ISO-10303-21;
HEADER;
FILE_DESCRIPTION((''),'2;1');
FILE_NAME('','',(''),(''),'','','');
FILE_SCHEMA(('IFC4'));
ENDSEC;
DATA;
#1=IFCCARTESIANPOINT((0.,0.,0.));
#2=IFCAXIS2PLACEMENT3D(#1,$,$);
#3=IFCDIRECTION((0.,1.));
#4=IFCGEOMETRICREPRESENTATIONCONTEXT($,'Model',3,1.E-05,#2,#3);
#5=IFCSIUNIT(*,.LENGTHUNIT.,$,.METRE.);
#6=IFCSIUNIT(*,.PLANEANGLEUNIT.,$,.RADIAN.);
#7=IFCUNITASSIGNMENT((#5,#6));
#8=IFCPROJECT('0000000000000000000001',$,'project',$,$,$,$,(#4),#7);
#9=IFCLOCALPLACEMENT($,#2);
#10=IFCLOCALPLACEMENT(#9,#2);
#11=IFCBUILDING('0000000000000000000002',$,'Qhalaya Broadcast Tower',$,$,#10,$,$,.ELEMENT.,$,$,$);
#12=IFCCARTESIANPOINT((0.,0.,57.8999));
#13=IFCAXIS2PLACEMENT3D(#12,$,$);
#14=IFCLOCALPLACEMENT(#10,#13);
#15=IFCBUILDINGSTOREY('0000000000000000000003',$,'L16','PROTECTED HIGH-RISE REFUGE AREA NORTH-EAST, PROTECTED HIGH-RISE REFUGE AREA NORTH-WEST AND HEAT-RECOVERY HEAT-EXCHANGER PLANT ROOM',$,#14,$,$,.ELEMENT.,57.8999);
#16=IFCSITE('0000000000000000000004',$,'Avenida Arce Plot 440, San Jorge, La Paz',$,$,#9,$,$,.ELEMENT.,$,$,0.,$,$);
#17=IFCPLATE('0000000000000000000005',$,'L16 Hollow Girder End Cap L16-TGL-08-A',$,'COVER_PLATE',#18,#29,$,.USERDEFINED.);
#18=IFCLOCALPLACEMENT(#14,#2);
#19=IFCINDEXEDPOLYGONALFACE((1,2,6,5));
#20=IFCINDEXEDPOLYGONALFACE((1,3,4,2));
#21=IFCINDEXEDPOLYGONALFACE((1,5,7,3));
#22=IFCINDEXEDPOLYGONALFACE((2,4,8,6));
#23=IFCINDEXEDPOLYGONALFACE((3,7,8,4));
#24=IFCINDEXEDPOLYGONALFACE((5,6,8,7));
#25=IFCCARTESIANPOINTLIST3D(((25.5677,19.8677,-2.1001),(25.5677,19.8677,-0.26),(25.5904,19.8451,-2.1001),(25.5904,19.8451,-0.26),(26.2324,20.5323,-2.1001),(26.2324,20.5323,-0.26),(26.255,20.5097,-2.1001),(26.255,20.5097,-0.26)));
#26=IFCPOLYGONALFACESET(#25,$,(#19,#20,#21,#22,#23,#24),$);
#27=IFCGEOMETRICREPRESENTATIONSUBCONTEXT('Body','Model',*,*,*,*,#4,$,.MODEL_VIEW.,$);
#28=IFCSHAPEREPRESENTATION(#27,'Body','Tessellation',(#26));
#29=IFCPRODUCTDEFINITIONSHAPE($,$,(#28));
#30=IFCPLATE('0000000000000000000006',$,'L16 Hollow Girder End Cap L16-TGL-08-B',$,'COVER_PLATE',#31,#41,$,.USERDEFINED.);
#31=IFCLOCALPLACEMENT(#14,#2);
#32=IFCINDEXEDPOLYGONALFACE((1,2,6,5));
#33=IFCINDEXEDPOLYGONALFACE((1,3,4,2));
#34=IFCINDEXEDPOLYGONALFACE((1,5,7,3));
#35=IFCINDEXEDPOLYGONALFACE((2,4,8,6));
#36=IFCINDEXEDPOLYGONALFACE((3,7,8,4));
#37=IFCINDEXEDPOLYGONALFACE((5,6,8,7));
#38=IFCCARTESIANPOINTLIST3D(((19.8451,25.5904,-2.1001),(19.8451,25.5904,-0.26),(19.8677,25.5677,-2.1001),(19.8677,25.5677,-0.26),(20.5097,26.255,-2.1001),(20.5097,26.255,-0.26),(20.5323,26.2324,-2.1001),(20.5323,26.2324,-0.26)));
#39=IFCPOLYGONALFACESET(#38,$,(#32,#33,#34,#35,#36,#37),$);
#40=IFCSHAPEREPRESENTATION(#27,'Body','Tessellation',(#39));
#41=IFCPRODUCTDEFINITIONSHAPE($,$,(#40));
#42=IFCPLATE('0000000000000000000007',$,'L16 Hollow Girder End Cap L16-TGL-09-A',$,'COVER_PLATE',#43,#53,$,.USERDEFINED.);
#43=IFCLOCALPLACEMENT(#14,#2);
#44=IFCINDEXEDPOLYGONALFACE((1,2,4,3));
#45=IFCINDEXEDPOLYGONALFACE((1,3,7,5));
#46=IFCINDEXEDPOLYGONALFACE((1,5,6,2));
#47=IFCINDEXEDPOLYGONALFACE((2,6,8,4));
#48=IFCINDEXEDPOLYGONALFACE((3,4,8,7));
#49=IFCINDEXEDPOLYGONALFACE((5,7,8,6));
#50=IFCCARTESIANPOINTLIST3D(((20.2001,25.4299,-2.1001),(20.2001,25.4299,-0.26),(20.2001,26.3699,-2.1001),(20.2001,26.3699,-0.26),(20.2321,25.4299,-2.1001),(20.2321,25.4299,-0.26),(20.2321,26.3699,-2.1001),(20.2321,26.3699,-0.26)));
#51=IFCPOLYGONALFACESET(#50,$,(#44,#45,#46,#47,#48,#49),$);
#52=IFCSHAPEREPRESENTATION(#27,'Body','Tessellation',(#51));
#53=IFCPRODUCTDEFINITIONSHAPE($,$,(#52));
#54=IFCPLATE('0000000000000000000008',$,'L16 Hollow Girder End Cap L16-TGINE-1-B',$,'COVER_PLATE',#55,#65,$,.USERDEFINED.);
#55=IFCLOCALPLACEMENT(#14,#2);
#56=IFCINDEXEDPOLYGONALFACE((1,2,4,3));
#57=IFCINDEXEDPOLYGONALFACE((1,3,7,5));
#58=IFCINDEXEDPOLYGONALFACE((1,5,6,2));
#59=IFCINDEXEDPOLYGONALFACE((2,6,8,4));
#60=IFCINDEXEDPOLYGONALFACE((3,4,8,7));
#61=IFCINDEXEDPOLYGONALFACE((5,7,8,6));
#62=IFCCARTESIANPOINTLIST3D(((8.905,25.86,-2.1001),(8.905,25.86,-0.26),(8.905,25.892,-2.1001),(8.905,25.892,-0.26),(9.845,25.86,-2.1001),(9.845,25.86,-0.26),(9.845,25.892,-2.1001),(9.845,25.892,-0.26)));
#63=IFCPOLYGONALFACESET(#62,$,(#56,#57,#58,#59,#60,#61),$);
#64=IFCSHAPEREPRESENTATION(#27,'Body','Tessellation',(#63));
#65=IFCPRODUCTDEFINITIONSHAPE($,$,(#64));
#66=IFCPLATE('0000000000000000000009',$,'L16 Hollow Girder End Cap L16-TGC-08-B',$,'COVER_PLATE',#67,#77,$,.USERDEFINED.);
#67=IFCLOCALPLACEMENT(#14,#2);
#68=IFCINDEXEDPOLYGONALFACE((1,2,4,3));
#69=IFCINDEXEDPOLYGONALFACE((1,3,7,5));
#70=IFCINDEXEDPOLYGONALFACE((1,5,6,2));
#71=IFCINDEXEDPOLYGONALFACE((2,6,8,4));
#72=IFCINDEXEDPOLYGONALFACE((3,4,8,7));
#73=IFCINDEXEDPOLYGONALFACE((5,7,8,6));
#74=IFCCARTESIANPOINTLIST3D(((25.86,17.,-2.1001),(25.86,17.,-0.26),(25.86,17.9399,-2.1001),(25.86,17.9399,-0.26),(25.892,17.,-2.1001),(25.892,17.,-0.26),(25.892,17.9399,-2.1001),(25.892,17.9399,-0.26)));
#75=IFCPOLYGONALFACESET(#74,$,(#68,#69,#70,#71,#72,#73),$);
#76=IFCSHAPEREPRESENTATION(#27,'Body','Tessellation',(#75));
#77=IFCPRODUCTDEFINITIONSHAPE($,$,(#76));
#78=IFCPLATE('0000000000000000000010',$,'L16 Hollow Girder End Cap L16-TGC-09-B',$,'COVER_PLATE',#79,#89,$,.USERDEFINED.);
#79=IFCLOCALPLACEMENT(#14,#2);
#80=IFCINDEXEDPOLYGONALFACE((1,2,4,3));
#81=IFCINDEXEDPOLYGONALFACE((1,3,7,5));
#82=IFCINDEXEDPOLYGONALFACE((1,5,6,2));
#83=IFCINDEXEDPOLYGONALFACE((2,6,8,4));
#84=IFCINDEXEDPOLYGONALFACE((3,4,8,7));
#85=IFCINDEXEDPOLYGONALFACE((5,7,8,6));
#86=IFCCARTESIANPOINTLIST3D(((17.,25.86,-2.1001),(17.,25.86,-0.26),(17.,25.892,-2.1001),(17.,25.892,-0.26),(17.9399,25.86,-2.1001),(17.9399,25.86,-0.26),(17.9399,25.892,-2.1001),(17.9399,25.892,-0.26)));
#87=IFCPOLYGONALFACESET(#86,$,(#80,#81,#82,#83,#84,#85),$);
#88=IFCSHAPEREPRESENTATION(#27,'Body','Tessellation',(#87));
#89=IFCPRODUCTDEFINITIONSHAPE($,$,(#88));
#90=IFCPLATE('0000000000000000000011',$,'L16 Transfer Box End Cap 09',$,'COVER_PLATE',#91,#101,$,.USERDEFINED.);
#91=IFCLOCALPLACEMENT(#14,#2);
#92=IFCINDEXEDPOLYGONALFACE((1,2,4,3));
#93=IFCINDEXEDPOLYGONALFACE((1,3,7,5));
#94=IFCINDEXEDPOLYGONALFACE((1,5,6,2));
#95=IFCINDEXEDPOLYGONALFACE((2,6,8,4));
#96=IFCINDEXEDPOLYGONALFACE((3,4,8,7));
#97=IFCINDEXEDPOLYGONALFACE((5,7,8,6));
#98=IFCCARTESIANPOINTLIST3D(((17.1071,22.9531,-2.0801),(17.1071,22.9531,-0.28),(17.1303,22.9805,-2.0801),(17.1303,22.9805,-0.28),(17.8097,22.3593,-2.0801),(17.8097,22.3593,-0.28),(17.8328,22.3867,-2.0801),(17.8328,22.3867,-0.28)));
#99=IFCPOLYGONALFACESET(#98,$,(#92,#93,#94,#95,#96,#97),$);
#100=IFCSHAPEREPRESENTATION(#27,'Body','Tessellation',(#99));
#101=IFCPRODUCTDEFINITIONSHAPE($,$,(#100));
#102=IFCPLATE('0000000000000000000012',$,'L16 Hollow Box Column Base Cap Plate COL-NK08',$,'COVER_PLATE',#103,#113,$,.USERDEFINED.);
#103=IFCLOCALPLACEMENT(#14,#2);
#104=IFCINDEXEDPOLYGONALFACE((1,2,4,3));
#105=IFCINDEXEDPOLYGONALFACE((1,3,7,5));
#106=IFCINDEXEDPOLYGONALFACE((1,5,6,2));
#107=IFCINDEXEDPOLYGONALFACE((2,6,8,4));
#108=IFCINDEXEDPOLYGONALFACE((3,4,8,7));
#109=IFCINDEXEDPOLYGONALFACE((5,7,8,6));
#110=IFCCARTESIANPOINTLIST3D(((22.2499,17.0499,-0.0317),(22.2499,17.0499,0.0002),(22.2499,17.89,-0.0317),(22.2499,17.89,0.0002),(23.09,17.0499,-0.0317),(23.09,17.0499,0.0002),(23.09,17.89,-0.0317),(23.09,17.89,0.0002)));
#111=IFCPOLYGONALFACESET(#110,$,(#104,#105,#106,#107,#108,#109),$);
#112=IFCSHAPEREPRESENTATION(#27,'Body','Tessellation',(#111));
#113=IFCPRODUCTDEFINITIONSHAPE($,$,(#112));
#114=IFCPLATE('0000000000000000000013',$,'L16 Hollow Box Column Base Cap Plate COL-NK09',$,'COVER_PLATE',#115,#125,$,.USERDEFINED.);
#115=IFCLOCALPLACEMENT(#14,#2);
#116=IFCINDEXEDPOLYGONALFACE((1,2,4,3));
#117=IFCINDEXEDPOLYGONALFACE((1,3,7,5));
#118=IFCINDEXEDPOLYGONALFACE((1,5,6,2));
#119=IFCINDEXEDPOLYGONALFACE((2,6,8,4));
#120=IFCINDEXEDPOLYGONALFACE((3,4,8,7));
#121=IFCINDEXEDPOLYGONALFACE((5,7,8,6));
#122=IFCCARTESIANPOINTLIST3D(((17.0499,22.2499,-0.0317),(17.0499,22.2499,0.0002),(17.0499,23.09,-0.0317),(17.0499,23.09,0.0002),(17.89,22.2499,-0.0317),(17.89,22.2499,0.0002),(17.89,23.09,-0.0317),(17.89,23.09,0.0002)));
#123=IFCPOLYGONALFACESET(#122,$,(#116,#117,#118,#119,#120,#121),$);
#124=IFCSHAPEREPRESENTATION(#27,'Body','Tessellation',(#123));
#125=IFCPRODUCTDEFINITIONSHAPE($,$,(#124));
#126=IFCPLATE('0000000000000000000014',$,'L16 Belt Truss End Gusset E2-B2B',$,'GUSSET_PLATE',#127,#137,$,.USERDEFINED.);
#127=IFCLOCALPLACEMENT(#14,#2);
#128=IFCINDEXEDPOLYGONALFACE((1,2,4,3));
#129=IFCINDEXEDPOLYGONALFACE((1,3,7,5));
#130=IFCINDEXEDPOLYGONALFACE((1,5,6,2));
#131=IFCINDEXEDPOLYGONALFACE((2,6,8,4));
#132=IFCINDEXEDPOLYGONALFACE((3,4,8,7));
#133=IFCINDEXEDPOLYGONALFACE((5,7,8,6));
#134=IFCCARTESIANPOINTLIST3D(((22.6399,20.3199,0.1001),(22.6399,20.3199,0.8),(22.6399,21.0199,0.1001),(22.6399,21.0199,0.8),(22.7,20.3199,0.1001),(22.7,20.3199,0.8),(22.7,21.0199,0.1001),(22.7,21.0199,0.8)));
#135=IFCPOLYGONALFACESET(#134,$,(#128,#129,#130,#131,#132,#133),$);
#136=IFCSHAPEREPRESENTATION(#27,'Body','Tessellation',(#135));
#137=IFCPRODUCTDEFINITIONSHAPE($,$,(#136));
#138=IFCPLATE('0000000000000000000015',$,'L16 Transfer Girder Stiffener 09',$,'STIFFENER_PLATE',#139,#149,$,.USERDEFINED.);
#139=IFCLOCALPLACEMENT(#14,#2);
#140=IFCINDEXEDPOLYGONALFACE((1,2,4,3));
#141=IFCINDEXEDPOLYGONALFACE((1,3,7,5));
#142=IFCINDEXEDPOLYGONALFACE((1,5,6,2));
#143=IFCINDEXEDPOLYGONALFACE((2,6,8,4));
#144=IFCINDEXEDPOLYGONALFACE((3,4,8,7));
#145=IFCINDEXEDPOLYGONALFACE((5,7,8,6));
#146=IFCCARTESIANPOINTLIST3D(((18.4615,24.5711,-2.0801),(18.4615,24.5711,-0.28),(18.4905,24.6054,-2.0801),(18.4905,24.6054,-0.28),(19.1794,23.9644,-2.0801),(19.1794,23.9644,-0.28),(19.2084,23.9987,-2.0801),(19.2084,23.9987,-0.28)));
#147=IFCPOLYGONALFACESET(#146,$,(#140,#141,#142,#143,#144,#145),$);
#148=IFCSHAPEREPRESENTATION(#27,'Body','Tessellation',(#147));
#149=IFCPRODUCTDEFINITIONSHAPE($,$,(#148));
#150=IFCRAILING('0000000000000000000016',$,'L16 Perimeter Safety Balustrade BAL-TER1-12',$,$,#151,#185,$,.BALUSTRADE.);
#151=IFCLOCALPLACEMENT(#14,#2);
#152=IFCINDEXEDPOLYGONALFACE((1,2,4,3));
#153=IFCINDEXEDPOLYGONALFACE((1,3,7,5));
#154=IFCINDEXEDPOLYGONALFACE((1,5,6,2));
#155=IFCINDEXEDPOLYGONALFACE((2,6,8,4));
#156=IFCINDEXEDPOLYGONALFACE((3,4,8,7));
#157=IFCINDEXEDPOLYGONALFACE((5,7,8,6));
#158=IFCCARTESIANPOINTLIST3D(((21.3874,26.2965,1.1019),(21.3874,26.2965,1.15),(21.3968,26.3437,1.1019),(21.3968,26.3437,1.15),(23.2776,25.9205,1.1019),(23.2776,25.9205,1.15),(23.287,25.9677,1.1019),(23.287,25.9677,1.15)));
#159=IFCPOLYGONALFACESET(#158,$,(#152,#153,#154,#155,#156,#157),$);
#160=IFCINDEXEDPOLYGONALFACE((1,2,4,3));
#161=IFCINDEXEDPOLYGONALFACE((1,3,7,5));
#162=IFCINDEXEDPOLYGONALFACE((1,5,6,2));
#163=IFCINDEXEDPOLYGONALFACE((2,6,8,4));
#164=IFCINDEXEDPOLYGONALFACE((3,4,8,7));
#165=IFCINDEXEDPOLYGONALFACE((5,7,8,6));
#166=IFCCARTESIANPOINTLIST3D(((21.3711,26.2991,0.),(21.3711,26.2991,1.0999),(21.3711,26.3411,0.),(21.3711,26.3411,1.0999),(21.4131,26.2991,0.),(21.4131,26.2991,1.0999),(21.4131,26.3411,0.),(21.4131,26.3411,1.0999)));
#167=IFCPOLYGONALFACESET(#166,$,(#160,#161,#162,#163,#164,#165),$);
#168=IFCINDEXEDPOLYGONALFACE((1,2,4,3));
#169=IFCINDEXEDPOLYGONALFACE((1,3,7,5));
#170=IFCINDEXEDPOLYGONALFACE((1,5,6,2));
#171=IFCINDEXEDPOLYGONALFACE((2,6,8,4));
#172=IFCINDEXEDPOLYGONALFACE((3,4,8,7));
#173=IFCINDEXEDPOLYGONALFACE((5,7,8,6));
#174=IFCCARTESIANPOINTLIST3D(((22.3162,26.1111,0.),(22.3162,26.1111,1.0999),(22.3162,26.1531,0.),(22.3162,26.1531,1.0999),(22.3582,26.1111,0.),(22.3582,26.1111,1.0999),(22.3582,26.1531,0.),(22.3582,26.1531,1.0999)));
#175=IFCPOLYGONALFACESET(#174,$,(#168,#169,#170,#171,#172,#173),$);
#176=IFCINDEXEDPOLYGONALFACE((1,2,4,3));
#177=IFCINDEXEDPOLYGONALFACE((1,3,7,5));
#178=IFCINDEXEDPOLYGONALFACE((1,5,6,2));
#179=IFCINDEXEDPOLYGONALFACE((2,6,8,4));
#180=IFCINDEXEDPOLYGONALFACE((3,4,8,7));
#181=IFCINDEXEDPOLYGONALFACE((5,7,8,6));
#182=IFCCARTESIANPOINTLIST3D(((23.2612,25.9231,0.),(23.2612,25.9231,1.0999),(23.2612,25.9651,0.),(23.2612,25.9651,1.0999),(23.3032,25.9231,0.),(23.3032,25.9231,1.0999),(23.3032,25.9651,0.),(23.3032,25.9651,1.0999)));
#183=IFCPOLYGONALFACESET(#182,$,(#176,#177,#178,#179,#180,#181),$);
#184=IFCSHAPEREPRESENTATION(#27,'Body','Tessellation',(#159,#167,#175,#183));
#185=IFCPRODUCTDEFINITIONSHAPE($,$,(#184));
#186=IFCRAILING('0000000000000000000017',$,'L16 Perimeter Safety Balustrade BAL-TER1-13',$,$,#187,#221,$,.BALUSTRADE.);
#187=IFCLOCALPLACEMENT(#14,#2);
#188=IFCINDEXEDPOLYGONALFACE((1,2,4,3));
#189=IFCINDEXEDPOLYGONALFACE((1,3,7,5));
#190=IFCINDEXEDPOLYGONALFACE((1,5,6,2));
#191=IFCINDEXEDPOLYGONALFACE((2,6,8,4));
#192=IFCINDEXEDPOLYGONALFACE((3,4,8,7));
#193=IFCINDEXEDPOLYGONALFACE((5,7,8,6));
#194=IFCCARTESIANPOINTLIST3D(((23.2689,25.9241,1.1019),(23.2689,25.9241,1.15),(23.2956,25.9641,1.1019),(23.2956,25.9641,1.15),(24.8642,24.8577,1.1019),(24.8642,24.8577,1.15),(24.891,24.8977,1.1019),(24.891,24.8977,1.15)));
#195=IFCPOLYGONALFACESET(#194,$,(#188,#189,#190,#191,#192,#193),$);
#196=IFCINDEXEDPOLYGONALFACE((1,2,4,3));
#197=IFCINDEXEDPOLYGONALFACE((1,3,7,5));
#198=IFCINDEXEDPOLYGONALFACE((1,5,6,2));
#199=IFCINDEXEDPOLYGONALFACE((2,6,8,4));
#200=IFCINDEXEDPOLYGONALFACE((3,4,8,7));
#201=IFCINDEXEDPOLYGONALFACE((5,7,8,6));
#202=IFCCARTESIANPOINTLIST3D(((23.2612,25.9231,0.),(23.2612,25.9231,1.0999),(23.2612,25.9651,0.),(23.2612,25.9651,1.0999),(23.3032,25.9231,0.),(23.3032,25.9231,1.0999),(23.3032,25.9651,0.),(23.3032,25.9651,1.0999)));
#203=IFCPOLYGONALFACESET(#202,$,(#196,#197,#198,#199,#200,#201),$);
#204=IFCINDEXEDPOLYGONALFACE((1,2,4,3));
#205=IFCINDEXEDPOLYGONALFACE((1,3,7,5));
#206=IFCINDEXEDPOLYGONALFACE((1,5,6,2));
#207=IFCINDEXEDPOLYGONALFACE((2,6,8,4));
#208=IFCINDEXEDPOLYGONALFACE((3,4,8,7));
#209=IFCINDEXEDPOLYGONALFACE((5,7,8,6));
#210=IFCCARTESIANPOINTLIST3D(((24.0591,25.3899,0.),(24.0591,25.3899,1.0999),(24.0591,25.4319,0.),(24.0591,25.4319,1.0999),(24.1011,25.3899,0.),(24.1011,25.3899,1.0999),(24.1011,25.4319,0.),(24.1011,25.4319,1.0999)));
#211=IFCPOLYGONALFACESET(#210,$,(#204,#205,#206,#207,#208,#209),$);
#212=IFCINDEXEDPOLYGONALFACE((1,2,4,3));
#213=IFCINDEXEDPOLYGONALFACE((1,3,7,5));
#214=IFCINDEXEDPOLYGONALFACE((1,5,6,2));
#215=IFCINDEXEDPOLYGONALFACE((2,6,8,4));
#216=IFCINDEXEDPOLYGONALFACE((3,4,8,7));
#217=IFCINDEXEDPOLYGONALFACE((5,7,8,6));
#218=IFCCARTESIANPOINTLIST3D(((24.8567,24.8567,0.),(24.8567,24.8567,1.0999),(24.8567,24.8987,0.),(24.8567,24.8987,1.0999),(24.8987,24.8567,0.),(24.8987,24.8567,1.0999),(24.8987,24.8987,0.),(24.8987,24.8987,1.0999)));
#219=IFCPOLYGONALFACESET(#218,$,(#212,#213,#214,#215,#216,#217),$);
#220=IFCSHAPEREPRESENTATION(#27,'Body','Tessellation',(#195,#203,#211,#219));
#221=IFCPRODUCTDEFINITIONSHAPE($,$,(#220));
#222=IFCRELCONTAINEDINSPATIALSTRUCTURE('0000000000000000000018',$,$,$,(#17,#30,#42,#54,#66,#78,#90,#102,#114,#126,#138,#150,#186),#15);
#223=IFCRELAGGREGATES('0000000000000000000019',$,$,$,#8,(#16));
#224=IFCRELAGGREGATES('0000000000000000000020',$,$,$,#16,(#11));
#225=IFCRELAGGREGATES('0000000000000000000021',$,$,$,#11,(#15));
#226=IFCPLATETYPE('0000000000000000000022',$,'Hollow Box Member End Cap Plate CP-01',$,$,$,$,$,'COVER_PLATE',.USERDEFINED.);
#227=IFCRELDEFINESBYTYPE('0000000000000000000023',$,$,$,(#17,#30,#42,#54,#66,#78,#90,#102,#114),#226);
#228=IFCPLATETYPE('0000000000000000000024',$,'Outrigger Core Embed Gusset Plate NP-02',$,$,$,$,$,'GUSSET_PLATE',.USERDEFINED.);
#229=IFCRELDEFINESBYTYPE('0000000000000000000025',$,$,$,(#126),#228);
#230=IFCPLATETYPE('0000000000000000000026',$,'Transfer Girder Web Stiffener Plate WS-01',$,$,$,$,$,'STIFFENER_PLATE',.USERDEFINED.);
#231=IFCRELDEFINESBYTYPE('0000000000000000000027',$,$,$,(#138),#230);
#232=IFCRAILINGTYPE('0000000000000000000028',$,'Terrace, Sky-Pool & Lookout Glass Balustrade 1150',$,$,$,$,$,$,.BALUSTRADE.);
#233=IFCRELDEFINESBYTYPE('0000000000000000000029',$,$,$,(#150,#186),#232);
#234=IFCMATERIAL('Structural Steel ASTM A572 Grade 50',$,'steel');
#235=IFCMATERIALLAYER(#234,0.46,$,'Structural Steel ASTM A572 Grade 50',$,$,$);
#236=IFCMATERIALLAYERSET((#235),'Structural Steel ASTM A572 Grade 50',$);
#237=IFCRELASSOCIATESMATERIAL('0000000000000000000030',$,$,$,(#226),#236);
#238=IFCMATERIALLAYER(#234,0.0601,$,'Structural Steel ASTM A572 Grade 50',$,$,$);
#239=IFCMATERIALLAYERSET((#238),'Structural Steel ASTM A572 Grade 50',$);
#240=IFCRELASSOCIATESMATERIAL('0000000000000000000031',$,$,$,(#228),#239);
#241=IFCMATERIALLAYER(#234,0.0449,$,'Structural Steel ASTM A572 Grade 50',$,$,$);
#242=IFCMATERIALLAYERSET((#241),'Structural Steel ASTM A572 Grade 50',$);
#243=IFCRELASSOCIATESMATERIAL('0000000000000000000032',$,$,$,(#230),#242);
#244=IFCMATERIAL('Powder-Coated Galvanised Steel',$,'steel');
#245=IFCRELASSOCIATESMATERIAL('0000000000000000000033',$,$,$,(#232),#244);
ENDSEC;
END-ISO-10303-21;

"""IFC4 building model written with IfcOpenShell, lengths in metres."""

from ifc_helpers import new_model, si_unit, direction, frame, origin, origin_2d, place, context, subcontext, project, spatial, rectangle, extrude, material, layer, layer_set, type_object, element, save


model = new_model("IFC4")

# Units and contexts
model_context = context("Model", 3, precision=1e-05, world=origin(), true_north=direction((0.0, 1.0)))
body_context = subcontext(model_context, "Body", "Model", "MODEL_VIEW")
ifc_project = project(units=[si_unit("LENGTHUNIT", "METRE"), si_unit("PLANEANGLEUNIT", "RADIAN")], contexts=[model_context])

# Site, building, storey
site_placement = place(None, origin())
site = spatial("IfcSite", under=ifc_project, at=site_placement, Name="Avenida Arce Plot 440, San Jorge, La Paz", CompositionType="ELEMENT", RefElevation=0.0)
building_placement = place(site_placement, origin())
building = spatial("IfcBuilding", under=site, at=building_placement, Name="Qhalaya Broadcast Tower", CompositionType="ELEMENT")
storey_placement = place(building_placement, frame((0.0, 0.0, 57.8999)))
storey = spatial("IfcBuildingStorey", under=building, at=storey_placement, Name="L16", Description="PROTECTED HIGH-RISE REFUGE AREA NORTH-EAST, PROTECTED HIGH-RISE REFUGE AREA NORTH-WEST AND HEAT-RECOVERY HEAT-EXCHANGER PLANT ROOM", CompositionType="ELEMENT", Elevation=57.8999)

# Shared definitions
ifc_material_1 = material(Name="Structural Steel ASTM A572 Grade 50", Category="steel")

# Plates
ifc_layer_1 = layer(ifc_material_1, 0.46, Name="Structural Steel ASTM A572 Grade 50")
ifc_layer_set_1 = layer_set([ifc_layer_1], Name="Structural Steel ASTM A572 Grade 50")
plate_type_1 = type_object("IfcPlateType", Name="Hollow Box Member End Cap Plate CP-01", ElementType="COVER_PLATE", PredefinedType="USERDEFINED", material=ifc_layer_set_1)
for number, where, z_axis, x_axis, name in (
    (1, (25.9114, 20.1887, -2.1001), (0.0, 0.0, 1.0), (-0.707107, -0.707107, 0.0), "L16 Hollow Girder End Cap L16-TGL-08-A"),
    (2, (20.1887, 25.9114, -2.1001), (0.0, 0.0, 1.0), (-0.707107, -0.707107, 0.0), "L16 Hollow Girder End Cap L16-TGL-08-B"),
    (3, (20.2161, 25.8999, -2.1001), (0.0, 0.0, 1.0), (0.0, -1.0, 0.0), "L16 Hollow Girder End Cap L16-TGL-09-A"),
    (4, (9.375, 25.876, -2.1001), (0.0, 0.0, 1.0), (-1.0, 0.0, 0.0), "L16 Hollow Girder End Cap L16-TGINE-1-B"),
    (5, (25.876, 17.47, -2.1001), (0.0, 0.0, 1.0), (0.0, 1.0, 0.0), "L16 Hollow Girder End Cap L16-TGC-08-B"),
    (6, (17.47, 25.876, -2.1001), (0.0, 0.0, 1.0), (-1.0, 0.0, 0.0), "L16 Hollow Girder End Cap L16-TGC-09-B"),
):
    element("IfcPlate", number, at=place(storey_placement, frame(where, z_axis=z_axis, x_axis=x_axis)), inside=storey, type_object=plate_type_1, Name=name, ObjectType="COVER_PLATE", PredefinedType="USERDEFINED", context=body_context, shape_type="SweptSolid", body=[
        extrude(rectangle(XDim=0.9399, YDim=0.032, at=origin_2d()), origin(), (0.0, 0.0, 1.0), 1.8401),
    ])
plate_1_placement = place(storey_placement, frame((17.47, 22.6699, -2.0801), z_axis=(0.0, 0.0, 1.0), x_axis=(0.76374, -0.645524, 0.0)))
element("IfcPlate", 7, at=plate_1_placement, inside=storey, type_object=plate_type_1, Name="L16 Transfer Box End Cap 09", ObjectType="COVER_PLATE", PredefinedType="USERDEFINED", context=body_context, shape_type="SweptSolid", body=[
    extrude(rectangle(XDim=0.9199, YDim=0.0359, at=origin_2d()), origin(), (0.0, 0.0, 1.0), 1.8),
])
for number, where, z_axis, x_axis, name in (
    (8, (22.6699, 17.47, -0.0317), (0.0, 0.0, 1.0), (0.0, 1.0, 0.0), "L16 Hollow Box Column Base Cap Plate COL-NK08"),
    (9, (17.47, 22.6699, -0.0317), (0.0, 0.0, 1.0), (1.0, 0.0, 0.0), "L16 Hollow Box Column Base Cap Plate COL-NK09"),
):
    element("IfcPlate", number, at=place(storey_placement, frame(where, z_axis=z_axis, x_axis=x_axis)), inside=storey, type_object=plate_type_1, Name=name, ObjectType="COVER_PLATE", PredefinedType="USERDEFINED", context=body_context, shape_type="SweptSolid", body=[
        extrude(rectangle(XDim=0.8401, YDim=0.8401, at=origin_2d()), origin(), (0.0, 0.0, 1.0), 0.032),
    ])
ifc_layer_2 = layer(ifc_material_1, 0.0601, Name="Structural Steel ASTM A572 Grade 50")
ifc_layer_set_2 = layer_set([ifc_layer_2], Name="Structural Steel ASTM A572 Grade 50")
plate_type_2 = type_object("IfcPlateType", Name="Outrigger Core Embed Gusset Plate NP-02", ElementType="GUSSET_PLATE", PredefinedType="USERDEFINED", material=ifc_layer_set_2)
plate_2_placement = place(storey_placement, frame((22.6699, 20.6699, 0.1001), z_axis=(0.0, 0.0, 1.0), x_axis=(0.0, 1.0, 0.0)))
element("IfcPlate", 10, at=plate_2_placement, inside=storey, type_object=plate_type_2, Name="L16 Belt Truss End Gusset E2-B2B", ObjectType="GUSSET_PLATE", PredefinedType="USERDEFINED", context=body_context, shape_type="SweptSolid", body=[
    extrude(rectangle(XDim=0.7, YDim=0.0601, at=origin_2d()), origin(), (0.0, 0.0, 1.0), 0.7),
])
ifc_layer_3 = layer(ifc_material_1, 0.0449, Name="Structural Steel ASTM A572 Grade 50")
ifc_layer_set_3 = layer_set([ifc_layer_3], Name="Structural Steel ASTM A572 Grade 50")
plate_type_3 = type_object("IfcPlateType", Name="Transfer Girder Web Stiffener Plate WS-01", ElementType="STIFFENER_PLATE", PredefinedType="USERDEFINED", material=ifc_layer_set_3)
plate_3_placement = place(storey_placement, frame((18.835, 24.2849, -2.0801), z_axis=(0.0, 0.0, 1.0), x_axis=(0.76374, -0.645524, 0.0)))
element("IfcPlate", 11, at=plate_3_placement, inside=storey, type_object=plate_type_3, Name="L16 Transfer Girder Stiffener 09", ObjectType="STIFFENER_PLATE", PredefinedType="USERDEFINED", context=body_context, shape_type="SweptSolid", body=[
    extrude(rectangle(XDim=0.9399, YDim=0.0449, at=origin_2d()), origin(), (0.0, 0.0, 1.0), 1.8),
])

# Railings
ifc_material_2 = material(Name="Powder-Coated Galvanised Steel", Category="steel")
railing_type = type_object("IfcRailingType", Name="Terrace, Sky-Pool & Lookout Glass Balustrade 1150", PredefinedType="BALUSTRADE", material=ifc_material_2)
railing_1_placement = place(storey_placement, frame((21.3921, 26.3201, 0.0)))
element("IfcRailing", 12, at=railing_1_placement, inside=storey, type_object=railing_type, Name="L16 Perimeter Safety Balustrade BAL-TER1-12", PredefinedType="BALUSTRADE", context=body_context, shape_type="SweptSolid", body=[
    extrude(rectangle(XDim=0.0481, YDim=0.0481, at=origin_2d()), frame((0.0, 0.0, 1.126), z_axis=(0.980785, -0.195093, 0.0), x_axis=(0.195093, 0.980785, 0.0)), (0.0, 0.0, 1.0), 1.9272),
    extrude(rectangle(XDim=0.042, YDim=0.042, at=origin_2d()), origin(), (0.0, 0.0, 1.0), 1.0999),
    extrude(rectangle(XDim=0.042, YDim=0.042, at=origin_2d()), frame((0.9451, -0.188, 0.0)), (0.0, 0.0, 1.0), 1.0999),
    extrude(rectangle(XDim=0.042, YDim=0.042, at=origin_2d()), frame((1.8901, -0.376, 0.0)), (0.0, 0.0, 1.0), 1.0999),
])
railing_2_placement = place(storey_placement, frame((23.2822, 25.9441, 0.0)))
element("IfcRailing", 13, at=railing_2_placement, inside=storey, type_object=railing_type, Name="L16 Perimeter Safety Balustrade BAL-TER1-13", PredefinedType="BALUSTRADE", context=body_context, shape_type="SweptSolid", body=[
    extrude(rectangle(XDim=0.0481, YDim=0.0481, at=origin_2d()), frame((0.0, 0.0, 1.126), z_axis=(0.831384, -0.555698, 0.0), x_axis=(0.555698, 0.831384, 0.0)), (0.0, 0.0, 1.0), 1.9189),
    extrude(rectangle(XDim=0.042, YDim=0.042, at=origin_2d()), origin(), (0.0, 0.0, 1.0), 1.0999),
    extrude(rectangle(XDim=0.042, YDim=0.042, at=origin_2d()), frame((0.7979, -0.5332, 0.0)), (0.0, 0.0, 1.0), 1.0999),
    extrude(rectangle(XDim=0.042, YDim=0.042, at=origin_2d()), frame((1.5955, -1.0664, 0.0)), (0.0, 0.0, 1.0), 1.0999),
])

save(model, "model.ifc")
